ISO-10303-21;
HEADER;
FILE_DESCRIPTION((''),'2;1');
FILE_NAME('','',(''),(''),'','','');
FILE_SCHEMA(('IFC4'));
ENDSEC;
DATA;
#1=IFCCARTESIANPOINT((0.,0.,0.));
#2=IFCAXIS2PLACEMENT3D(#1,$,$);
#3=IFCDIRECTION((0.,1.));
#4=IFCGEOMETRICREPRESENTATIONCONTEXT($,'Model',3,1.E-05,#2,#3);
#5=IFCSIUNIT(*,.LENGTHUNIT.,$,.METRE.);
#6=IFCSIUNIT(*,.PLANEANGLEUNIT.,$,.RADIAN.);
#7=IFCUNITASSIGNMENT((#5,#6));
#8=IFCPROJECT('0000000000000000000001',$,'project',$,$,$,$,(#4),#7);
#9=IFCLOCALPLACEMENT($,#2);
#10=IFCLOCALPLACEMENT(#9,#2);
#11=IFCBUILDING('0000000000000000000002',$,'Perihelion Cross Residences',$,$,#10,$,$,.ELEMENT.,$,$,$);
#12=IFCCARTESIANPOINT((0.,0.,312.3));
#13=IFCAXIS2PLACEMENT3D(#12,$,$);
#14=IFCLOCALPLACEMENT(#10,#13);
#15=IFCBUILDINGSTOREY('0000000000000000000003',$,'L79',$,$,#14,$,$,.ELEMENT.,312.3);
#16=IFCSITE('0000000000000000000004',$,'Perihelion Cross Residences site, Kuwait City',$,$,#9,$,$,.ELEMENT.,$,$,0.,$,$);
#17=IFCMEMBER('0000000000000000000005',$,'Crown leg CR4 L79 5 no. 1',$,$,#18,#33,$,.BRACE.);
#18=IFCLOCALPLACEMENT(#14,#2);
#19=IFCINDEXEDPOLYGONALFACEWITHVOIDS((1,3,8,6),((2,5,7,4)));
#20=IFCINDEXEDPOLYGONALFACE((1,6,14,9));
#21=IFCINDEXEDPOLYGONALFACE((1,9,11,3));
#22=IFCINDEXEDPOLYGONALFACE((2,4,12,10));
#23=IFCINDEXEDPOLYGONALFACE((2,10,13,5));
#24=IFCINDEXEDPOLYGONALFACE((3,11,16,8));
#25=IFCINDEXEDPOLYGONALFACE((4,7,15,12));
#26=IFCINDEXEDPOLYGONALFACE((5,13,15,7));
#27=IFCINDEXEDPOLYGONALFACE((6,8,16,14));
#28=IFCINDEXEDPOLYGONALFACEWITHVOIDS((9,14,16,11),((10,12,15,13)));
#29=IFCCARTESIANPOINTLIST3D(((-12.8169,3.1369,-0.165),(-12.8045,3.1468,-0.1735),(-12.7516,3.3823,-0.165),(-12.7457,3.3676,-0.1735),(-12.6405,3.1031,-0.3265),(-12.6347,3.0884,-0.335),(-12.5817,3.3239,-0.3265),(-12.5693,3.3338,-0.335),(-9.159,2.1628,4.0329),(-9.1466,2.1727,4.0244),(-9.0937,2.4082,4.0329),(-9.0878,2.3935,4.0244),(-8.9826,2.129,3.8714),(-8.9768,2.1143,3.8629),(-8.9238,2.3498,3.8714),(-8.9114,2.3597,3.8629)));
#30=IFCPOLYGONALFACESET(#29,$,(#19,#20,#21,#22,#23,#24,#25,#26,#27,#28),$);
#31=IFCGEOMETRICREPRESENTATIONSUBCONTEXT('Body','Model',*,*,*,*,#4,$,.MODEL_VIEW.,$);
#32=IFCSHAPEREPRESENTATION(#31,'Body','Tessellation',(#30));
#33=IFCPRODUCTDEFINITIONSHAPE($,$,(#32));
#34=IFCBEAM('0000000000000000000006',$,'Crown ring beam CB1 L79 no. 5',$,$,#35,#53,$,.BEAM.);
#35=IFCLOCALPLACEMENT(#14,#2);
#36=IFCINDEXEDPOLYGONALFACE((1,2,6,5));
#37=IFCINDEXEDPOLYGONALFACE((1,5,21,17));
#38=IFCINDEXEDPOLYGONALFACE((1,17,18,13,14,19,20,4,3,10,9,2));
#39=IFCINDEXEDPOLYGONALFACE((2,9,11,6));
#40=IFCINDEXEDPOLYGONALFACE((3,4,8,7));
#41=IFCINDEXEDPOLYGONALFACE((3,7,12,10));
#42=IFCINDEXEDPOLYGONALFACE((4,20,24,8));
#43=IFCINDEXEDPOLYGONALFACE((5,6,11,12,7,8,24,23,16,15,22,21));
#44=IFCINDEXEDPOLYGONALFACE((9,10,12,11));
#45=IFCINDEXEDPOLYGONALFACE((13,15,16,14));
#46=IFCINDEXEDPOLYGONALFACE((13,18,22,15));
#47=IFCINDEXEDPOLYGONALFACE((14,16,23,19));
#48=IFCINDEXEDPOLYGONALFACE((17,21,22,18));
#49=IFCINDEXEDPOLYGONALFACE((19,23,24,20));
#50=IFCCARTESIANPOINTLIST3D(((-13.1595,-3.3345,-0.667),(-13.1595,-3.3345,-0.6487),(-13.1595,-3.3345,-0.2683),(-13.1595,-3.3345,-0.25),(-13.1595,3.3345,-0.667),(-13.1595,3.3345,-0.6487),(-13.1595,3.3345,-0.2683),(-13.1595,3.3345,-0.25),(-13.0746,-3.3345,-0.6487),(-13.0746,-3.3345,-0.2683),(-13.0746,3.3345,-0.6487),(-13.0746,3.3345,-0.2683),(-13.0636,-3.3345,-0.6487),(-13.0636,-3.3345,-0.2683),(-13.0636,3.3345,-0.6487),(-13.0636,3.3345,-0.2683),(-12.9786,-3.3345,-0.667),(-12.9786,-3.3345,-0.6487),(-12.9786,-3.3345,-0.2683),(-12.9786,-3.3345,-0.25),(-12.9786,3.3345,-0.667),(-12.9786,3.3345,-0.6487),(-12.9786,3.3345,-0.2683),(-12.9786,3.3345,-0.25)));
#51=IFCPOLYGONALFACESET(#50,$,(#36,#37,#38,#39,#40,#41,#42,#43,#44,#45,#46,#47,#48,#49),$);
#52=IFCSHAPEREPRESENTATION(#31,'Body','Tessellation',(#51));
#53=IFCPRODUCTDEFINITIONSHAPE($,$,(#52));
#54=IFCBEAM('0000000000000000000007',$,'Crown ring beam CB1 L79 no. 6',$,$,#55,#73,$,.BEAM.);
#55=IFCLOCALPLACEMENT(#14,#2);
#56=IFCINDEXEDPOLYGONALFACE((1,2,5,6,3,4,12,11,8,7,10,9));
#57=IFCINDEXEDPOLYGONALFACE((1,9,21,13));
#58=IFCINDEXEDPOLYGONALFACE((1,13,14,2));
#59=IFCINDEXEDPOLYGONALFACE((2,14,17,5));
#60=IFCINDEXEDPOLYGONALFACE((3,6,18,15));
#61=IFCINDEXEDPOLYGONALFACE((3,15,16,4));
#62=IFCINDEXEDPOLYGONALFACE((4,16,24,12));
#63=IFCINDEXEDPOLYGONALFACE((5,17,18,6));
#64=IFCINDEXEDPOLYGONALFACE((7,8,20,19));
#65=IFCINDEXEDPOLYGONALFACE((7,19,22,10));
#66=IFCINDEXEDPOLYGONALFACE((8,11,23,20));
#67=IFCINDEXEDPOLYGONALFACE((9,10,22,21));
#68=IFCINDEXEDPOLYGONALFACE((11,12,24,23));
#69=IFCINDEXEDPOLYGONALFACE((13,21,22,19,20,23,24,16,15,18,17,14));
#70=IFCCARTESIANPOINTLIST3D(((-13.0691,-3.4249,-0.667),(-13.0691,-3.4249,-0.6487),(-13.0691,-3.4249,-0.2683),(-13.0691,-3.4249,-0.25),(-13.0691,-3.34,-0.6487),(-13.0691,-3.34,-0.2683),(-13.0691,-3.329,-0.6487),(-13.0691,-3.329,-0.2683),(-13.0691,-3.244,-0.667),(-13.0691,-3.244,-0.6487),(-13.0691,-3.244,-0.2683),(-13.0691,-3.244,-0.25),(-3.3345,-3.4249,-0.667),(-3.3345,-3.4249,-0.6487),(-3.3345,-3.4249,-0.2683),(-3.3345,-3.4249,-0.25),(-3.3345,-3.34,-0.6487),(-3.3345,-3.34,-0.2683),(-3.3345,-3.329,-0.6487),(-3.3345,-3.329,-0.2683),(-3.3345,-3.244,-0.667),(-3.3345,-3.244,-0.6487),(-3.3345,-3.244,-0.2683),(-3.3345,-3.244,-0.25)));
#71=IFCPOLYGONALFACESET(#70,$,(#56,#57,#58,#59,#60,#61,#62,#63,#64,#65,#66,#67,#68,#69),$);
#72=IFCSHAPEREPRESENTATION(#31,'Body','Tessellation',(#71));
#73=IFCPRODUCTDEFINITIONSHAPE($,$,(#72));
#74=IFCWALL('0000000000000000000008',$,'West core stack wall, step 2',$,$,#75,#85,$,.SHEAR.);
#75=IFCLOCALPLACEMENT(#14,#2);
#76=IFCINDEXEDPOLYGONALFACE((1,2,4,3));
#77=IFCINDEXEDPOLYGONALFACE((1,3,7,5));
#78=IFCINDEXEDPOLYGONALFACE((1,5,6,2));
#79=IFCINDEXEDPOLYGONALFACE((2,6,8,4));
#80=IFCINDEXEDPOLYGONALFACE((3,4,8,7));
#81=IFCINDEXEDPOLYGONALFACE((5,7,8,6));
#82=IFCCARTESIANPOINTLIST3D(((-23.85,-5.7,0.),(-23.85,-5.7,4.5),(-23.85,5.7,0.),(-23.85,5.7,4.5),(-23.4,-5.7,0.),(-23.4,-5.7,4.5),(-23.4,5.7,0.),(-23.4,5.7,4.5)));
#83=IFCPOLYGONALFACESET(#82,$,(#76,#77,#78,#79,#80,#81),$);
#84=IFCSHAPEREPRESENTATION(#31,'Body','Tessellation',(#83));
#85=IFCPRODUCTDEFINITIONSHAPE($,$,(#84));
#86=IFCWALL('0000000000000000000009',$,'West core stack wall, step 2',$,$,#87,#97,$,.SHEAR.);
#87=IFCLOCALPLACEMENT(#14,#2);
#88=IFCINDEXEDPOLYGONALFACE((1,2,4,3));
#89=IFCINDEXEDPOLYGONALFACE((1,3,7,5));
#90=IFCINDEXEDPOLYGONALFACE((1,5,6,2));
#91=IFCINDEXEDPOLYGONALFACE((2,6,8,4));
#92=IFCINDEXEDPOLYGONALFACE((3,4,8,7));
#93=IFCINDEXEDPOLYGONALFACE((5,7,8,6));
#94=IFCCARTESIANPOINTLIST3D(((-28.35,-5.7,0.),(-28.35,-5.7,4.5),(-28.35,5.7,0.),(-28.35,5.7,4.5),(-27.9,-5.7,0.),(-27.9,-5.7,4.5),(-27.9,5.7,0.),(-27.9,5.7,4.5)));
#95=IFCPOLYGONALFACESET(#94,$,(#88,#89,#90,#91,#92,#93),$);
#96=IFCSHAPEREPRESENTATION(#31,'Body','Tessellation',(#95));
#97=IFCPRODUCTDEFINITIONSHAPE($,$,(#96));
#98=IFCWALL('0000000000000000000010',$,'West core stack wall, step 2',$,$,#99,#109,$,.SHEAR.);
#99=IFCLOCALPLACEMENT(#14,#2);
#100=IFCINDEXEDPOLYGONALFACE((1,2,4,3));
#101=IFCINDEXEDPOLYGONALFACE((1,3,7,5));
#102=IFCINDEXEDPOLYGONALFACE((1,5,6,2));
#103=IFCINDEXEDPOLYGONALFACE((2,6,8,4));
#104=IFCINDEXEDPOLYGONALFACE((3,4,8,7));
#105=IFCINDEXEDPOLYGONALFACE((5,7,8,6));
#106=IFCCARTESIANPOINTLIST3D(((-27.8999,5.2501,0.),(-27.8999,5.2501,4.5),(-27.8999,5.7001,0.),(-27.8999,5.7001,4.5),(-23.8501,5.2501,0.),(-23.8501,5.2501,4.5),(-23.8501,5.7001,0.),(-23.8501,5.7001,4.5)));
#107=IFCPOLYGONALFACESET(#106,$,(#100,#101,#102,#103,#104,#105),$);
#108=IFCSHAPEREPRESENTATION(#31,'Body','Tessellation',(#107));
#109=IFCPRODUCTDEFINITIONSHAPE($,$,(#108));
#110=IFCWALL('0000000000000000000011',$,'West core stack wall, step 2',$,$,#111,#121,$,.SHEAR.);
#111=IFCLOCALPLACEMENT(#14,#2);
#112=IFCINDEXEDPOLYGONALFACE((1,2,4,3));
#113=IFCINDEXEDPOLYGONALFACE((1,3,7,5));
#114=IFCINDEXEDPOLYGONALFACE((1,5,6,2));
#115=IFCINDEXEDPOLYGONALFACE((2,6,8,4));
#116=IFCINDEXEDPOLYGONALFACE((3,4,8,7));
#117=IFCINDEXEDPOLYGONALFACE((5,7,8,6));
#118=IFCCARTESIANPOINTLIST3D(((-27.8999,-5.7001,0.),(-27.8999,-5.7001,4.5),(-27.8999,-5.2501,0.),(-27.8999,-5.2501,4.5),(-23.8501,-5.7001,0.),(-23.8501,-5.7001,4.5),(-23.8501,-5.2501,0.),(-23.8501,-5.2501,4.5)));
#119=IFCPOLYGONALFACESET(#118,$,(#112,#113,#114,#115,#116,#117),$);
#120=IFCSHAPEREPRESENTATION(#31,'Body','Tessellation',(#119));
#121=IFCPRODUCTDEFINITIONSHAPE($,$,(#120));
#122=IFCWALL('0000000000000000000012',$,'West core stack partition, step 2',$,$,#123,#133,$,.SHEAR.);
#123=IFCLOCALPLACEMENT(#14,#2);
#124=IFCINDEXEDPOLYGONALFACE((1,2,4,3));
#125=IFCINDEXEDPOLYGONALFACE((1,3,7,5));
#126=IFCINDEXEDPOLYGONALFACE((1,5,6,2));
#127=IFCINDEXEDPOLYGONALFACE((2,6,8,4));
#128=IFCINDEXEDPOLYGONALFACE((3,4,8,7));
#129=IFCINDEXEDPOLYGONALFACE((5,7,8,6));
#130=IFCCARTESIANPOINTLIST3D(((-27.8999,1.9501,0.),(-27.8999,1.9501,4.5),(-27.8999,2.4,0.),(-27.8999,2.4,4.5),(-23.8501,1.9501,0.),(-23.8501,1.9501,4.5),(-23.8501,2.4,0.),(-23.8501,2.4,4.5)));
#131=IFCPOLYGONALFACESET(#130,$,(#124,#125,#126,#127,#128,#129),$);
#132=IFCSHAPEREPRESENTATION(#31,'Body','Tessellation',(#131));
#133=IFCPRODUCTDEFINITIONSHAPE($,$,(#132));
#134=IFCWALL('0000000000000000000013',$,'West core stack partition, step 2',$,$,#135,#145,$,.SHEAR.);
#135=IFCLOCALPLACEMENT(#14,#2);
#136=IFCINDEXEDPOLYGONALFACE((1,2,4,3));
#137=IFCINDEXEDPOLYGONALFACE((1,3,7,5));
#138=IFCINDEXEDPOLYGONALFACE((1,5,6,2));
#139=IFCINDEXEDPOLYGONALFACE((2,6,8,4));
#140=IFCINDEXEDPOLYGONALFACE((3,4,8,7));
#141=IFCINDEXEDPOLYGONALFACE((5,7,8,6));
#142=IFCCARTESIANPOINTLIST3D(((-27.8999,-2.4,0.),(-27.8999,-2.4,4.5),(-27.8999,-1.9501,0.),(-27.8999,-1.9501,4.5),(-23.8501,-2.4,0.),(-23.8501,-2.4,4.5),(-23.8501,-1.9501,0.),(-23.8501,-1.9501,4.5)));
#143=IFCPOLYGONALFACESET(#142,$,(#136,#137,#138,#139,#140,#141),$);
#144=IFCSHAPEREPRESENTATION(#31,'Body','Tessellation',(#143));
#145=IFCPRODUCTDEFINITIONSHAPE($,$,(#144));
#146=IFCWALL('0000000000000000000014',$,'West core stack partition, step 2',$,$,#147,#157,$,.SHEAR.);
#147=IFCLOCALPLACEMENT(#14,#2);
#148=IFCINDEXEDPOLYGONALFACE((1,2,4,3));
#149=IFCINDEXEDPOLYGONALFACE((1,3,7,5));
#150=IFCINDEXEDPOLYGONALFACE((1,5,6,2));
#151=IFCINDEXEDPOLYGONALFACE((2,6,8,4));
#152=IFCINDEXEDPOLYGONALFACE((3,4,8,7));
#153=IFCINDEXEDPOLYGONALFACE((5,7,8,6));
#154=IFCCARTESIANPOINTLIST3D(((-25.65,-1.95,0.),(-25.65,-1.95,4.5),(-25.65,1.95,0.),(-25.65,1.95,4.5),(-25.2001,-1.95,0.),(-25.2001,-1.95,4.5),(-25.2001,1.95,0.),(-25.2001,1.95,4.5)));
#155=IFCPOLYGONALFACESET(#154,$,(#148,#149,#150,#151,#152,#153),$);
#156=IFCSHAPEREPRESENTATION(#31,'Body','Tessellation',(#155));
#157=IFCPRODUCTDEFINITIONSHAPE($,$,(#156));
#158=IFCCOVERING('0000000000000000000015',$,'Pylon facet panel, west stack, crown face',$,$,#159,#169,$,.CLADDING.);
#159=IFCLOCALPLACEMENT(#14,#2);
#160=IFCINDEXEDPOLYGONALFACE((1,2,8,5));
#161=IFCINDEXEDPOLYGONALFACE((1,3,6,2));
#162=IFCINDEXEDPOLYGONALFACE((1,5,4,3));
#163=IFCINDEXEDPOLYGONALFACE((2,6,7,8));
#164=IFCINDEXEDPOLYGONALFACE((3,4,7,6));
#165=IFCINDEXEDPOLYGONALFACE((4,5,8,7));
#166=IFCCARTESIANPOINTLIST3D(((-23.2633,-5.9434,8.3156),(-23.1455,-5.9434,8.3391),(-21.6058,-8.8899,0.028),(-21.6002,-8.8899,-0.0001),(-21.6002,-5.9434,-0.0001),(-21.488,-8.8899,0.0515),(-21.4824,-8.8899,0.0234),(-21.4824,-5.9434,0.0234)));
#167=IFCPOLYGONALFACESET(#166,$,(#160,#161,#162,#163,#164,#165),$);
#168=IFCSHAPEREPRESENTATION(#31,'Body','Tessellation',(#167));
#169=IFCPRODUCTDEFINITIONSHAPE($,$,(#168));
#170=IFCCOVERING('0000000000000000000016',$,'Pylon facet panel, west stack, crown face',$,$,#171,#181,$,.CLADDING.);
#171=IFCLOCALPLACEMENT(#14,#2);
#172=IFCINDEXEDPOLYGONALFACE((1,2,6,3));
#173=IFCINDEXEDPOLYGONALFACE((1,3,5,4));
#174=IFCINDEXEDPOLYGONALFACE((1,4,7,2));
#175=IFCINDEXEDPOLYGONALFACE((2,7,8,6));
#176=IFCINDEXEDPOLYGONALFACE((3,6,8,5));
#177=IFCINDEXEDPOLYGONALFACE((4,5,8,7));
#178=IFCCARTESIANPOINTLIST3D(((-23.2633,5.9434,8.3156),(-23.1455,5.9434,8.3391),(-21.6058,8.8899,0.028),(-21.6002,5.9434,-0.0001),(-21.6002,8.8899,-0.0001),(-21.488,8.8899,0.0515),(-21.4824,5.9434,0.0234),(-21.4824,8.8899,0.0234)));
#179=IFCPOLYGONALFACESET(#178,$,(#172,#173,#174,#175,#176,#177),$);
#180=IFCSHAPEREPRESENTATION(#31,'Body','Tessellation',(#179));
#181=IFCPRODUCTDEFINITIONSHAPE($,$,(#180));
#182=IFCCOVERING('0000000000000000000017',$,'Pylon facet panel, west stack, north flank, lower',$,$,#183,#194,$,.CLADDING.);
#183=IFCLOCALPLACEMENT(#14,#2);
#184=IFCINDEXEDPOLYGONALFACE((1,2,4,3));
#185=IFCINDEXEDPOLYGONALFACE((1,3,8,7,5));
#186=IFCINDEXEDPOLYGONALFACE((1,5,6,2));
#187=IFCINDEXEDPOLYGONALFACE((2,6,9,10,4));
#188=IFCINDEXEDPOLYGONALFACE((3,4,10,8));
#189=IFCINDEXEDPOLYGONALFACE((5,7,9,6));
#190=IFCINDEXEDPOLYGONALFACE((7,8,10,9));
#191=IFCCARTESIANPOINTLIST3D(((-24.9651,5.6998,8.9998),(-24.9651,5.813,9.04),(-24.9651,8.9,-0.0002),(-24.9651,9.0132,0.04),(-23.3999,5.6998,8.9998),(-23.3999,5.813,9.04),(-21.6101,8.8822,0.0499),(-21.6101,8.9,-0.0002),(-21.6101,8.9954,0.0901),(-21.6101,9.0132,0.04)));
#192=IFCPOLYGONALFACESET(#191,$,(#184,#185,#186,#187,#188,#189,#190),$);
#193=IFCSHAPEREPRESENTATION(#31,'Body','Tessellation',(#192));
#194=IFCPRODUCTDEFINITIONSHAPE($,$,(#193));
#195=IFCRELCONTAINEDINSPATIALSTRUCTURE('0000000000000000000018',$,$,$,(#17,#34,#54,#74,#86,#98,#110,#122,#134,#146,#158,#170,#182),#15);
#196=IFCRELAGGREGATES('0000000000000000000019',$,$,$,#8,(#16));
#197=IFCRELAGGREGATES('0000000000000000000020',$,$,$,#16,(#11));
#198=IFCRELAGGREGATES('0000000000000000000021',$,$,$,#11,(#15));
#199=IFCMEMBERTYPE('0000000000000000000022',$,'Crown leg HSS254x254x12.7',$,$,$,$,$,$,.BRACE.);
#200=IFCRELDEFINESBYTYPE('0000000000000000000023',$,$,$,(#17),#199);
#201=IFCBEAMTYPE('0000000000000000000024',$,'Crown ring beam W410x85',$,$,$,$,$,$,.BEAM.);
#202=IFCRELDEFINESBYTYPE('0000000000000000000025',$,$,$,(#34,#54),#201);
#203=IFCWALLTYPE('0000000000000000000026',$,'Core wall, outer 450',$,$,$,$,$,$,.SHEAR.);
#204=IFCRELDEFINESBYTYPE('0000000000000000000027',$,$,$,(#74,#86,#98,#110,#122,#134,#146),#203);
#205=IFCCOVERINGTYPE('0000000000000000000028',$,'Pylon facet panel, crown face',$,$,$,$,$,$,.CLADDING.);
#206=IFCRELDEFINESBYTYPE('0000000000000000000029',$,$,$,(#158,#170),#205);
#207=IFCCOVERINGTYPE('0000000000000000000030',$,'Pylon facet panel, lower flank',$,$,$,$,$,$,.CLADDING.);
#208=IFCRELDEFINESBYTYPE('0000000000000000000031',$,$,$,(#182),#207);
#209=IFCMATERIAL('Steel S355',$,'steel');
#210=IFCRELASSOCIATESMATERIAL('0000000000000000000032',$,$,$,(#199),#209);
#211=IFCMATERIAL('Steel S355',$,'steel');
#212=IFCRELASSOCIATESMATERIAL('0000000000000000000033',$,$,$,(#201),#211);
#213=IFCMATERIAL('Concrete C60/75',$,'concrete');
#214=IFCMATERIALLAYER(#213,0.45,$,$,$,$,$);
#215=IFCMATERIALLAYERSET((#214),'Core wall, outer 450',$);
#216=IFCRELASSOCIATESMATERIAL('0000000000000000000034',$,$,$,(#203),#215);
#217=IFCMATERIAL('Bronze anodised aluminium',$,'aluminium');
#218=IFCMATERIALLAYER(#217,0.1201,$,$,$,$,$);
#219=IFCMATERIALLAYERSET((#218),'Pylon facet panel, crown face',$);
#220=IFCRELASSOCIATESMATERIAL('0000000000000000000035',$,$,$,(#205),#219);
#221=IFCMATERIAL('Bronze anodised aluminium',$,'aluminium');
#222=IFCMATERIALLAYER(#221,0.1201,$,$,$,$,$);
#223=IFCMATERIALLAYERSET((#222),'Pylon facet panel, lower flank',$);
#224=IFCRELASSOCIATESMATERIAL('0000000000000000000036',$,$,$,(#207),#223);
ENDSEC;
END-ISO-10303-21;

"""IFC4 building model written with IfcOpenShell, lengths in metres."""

from ifc_helpers import new_model, si_unit, direction, frame, frame_2d, origin, origin_2d, place, context, subcontext, project, spatial, polyline, rectangle, hollow_rectangle, i_section, outline, extrude, material, layer, layer_set, material_profile, profile_set, type_object, element, save


model = new_model("IFC4")

# Units and contexts
model_context = context("Model", 3, precision=1e-05, world=origin(), true_north=direction((0.0, 1.0)))
body_context = subcontext(model_context, "Body", "Model", "MODEL_VIEW")
ifc_project = project(units=[si_unit("LENGTHUNIT", "METRE"), si_unit("PLANEANGLEUNIT", "RADIAN")], contexts=[model_context])

# Site, building, storey
site_placement = place(None, origin())
site = spatial("IfcSite", under=ifc_project, at=site_placement, Name="Perihelion Cross Residences site, Kuwait City", CompositionType="ELEMENT", RefElevation=0.0)
building_placement = place(site_placement, origin())
building = spatial("IfcBuilding", under=site, at=building_placement, Name="Perihelion Cross Residences", CompositionType="ELEMENT")
storey_placement = place(building_placement, frame((0.0, 0.0, 312.3)))
storey = spatial("IfcBuildingStorey", under=building, at=storey_placement, Name="L79", CompositionType="ELEMENT", Elevation=312.3)

# Member
ifc_material_1 = material(Name="Steel S355", Category="steel")
ifc_material_profile_1 = material_profile(ifc_material_1, hollow_rectangle(XDim=0.2539, YDim=0.2539, WallThickness=0.0127, at=origin_2d()), Name="HSS254x254x12.7")
ifc_profile_set_1 = profile_set([ifc_material_profile_1], Name="Steel S355")
member_type = type_object("IfcMemberType", Name="Crown leg HSS254x254x12.7", PredefinedType="BRACE", material=ifc_profile_set_1)
member_placement = place(storey_placement, frame((-12.6931, 3.2354, -0.25), z_axis=(0.64712, -0.172329, 0.742657), x_axis=(0.257333, 0.966323, 0.0)))
element("IfcMember", 1, at=member_placement, inside=storey, type_object=member_type, Name="Crown leg CR4 L79 5 no. 1", PredefinedType="BRACE", context=body_context, shape_type="SweptSolid", body=[
    extrude(hollow_rectangle(XDim=0.2539, YDim=0.2539, WallThickness=0.0127, at=origin_2d()), origin(), (0.0, 0.0, 1.0), 5.6526),
])

# Beams
ifc_material_2 = material(Name="Steel S355", Category="steel")
ifc_material_profile_2 = material_profile(ifc_material_2, i_section(OverallWidth=0.1809, OverallDepth=0.417, WebThickness=0.011, FlangeThickness=0.0183, at=origin_2d()), Name="W410x85")
ifc_profile_set_2 = profile_set([ifc_material_profile_2], Name="Steel S355")
beam_type = type_object("IfcBeamType", Name="Crown ring beam W410x85", PredefinedType="BEAM", material=ifc_profile_set_2)
beam_1_placement = place(storey_placement, frame((-13.0691, 3.3345, -0.4585), z_axis=(0.0, -1.0, 0.0), x_axis=(1.0, 0.0, 0.0)))
element("IfcBeam", 2, at=beam_1_placement, inside=storey, type_object=beam_type, Name="Crown ring beam CB1 L79 no. 5", PredefinedType="BEAM", context=body_context, shape_type="SweptSolid", body=[
    extrude(i_section(OverallWidth=0.1809, OverallDepth=0.417, WebThickness=0.011, FlangeThickness=0.0183, at=origin_2d()), origin(), (0.0, 0.0, 1.0), 6.6689),
])
beam_2_placement = place(storey_placement, frame((-13.0691, -3.3345, -0.4585), z_axis=(1.0, 0.0, 0.0), x_axis=(0.0, 1.0, 0.0)))
element("IfcBeam", 3, at=beam_2_placement, inside=storey, type_object=beam_type, Name="Crown ring beam CB1 L79 no. 6", PredefinedType="BEAM", context=body_context, shape_type="SweptSolid", body=[
    extrude(i_section(OverallWidth=0.1809, OverallDepth=0.417, WebThickness=0.011, FlangeThickness=0.0183, at=origin_2d()), origin(), (0.0, 0.0, 1.0), 9.7346),
])

# Walls
ifc_material_3 = material(Name="Concrete C60/75", Category="concrete")
ifc_layer_1 = layer(ifc_material_3, 0.45)
ifc_layer_set_1 = layer_set([ifc_layer_1], Name="Core wall, outer 450")
wall_type = type_object("IfcWallType", Name="Core wall, outer 450", PredefinedType="SHEAR", material=ifc_layer_set_1)
for number, where, z_axis, x_axis, name in (
    (4, (-23.625, -5.7, 0.0), (0.0, 0.0, 1.0), (0.0, 1.0, 0.0), "West core stack wall, step 2"),
    (5, (-28.125, -5.7, 0.0), (0.0, 0.0, 1.0), (0.0, 1.0, 0.0), "West core stack wall, step 2"),
):
    element("IfcWall", number, at=place(storey_placement, frame(where, z_axis=z_axis, x_axis=x_axis)), inside=storey, type_object=wall_type, Name=name, PredefinedType="SHEAR", context=body_context, shape_type="SweptSolid", body=[
        extrude(rectangle(XDim=11.3999, YDim=0.45, at=frame_2d((5.7, 0.0))), origin(), (0.0, 0.0, 1.0), 4.5),
    ])
for number, where, z_axis, x_axis, name in (
    (6, (-23.8501, 5.4751, 0.0), (0.0, 0.0, 1.0), (-1.0, 0.0, 0.0), "West core stack wall, step 2"),
    (7, (-23.8501, -5.4751, 0.0), (0.0, 0.0, 1.0), (-1.0, 0.0, 0.0), "West core stack wall, step 2"),
    (8, (-23.8501, 2.175, 0.0), (0.0, 0.0, 1.0), (-1.0, 0.0, 0.0), "West core stack partition, step 2"),
    (9, (-23.8501, -2.175, 0.0), (0.0, 0.0, 1.0), (-1.0, 0.0, 0.0), "West core stack partition, step 2"),
):
    element("IfcWall", number, at=place(storey_placement, frame(where, z_axis=z_axis, x_axis=x_axis)), inside=storey, type_object=wall_type, Name=name, PredefinedType="SHEAR", context=body_context, shape_type="SweptSolid", body=[
        extrude(rectangle(XDim=4.0498, YDim=0.45, at=frame_2d((2.0249, 0.0))), origin(), (0.0, 0.0, 1.0), 4.5),
    ])
wall_placement = place(storey_placement, frame((-25.425, -1.95, 0.0), z_axis=(0.0, 0.0, 1.0), x_axis=(0.0, 1.0, 0.0)))
element("IfcWall", 10, at=wall_placement, inside=storey, type_object=wall_type, Name="West core stack partition, step 2", PredefinedType="SHEAR", context=body_context, shape_type="SweptSolid", body=[
    extrude(rectangle(XDim=3.8999, YDim=0.45, at=frame_2d((1.95, 0.0))), origin(), (0.0, 0.0, 1.0), 4.5),
])

# Coverings
ifc_material_4 = material(Name="Bronze anodised aluminium", Category="aluminium")
ifc_layer_2 = layer(ifc_material_4, 0.1201)
ifc_layer_set_2 = layer_set([ifc_layer_2], Name="Pylon facet panel, crown face")
covering_type_1 = type_object("IfcCoveringType", Name="Pylon facet panel, crown face", PredefinedType="CLADDING", material=ifc_layer_set_2)
covering_1_placement = place(storey_placement, frame((-21.4824, -5.9434, 0.0234), z_axis=(0.980582, 0.0, 0.196111), x_axis=(-0.196111, 0.0, 0.980582)))
element("IfcCovering", 11, at=covering_1_placement, inside=storey, type_object=covering_type_1, Name="Pylon facet panel, west stack, crown face", PredefinedType="CLADDING", context=body_context, shape_type="SweptSolid", body=[
    extrude(outline(polyline([(0.0, 0.0), (8.4803, 0.0), (0.0286, 2.9465), (0.0, 2.9465), (0.0, 0.0)])), origin(), (0.0, 0.0, -1.0), 0.1201),
])
covering_2_placement = place(storey_placement, frame((-23.1455, 5.9434, 8.3391), z_axis=(0.980582, 0.0, 0.196111), x_axis=(0.196111, 0.0, -0.980582)))
element("IfcCovering", 12, at=covering_2_placement, inside=storey, type_object=covering_type_1, Name="Pylon facet panel, west stack, crown face", PredefinedType="CLADDING", context=body_context, shape_type="SweptSolid", body=[
    extrude(outline(polyline([(0.0, 0.0), (8.4803, 0.0), (8.4803, 2.9465), (8.4517, 2.9465), (0.0, 0.0)])), origin(), (0.0, 0.0, -1.0), 0.1201),
])
ifc_material_5 = material(Name="Bronze anodised aluminium", Category="aluminium")
ifc_layer_3 = layer(ifc_material_5, 0.1201)
ifc_layer_set_3 = layer_set([ifc_layer_3], Name="Pylon facet panel, lower flank")
covering_type_2 = type_object("IfcCoveringType", Name="Pylon facet panel, lower flank", PredefinedType="CLADDING", material=ifc_layer_set_3)
covering_3_placement = place(storey_placement, frame((-23.3999, 5.813, 9.04), z_axis=(0.000005, 0.942208, 0.335029), x_axis=(0.185163, 0.329234, -0.925915)))
element("IfcCovering", 13, at=covering_3_placement, inside=storey, type_object=covering_type_2, Name="Pylon facet panel, west stack, north flank, lower", PredefinedType="CLADDING", context=body_context, shape_type="SweptSolid", body=[
    extrude(outline(polyline([(0.0, 0.0), (9.666, 0.0), (9.7183, 0.0098), (9.097, 3.3068), (-0.2898, 1.5381), (0.0, 0.0)])), origin(), (0.0, 0.0, -1.0), 0.1201),
])

save(model, "model.ifc")
